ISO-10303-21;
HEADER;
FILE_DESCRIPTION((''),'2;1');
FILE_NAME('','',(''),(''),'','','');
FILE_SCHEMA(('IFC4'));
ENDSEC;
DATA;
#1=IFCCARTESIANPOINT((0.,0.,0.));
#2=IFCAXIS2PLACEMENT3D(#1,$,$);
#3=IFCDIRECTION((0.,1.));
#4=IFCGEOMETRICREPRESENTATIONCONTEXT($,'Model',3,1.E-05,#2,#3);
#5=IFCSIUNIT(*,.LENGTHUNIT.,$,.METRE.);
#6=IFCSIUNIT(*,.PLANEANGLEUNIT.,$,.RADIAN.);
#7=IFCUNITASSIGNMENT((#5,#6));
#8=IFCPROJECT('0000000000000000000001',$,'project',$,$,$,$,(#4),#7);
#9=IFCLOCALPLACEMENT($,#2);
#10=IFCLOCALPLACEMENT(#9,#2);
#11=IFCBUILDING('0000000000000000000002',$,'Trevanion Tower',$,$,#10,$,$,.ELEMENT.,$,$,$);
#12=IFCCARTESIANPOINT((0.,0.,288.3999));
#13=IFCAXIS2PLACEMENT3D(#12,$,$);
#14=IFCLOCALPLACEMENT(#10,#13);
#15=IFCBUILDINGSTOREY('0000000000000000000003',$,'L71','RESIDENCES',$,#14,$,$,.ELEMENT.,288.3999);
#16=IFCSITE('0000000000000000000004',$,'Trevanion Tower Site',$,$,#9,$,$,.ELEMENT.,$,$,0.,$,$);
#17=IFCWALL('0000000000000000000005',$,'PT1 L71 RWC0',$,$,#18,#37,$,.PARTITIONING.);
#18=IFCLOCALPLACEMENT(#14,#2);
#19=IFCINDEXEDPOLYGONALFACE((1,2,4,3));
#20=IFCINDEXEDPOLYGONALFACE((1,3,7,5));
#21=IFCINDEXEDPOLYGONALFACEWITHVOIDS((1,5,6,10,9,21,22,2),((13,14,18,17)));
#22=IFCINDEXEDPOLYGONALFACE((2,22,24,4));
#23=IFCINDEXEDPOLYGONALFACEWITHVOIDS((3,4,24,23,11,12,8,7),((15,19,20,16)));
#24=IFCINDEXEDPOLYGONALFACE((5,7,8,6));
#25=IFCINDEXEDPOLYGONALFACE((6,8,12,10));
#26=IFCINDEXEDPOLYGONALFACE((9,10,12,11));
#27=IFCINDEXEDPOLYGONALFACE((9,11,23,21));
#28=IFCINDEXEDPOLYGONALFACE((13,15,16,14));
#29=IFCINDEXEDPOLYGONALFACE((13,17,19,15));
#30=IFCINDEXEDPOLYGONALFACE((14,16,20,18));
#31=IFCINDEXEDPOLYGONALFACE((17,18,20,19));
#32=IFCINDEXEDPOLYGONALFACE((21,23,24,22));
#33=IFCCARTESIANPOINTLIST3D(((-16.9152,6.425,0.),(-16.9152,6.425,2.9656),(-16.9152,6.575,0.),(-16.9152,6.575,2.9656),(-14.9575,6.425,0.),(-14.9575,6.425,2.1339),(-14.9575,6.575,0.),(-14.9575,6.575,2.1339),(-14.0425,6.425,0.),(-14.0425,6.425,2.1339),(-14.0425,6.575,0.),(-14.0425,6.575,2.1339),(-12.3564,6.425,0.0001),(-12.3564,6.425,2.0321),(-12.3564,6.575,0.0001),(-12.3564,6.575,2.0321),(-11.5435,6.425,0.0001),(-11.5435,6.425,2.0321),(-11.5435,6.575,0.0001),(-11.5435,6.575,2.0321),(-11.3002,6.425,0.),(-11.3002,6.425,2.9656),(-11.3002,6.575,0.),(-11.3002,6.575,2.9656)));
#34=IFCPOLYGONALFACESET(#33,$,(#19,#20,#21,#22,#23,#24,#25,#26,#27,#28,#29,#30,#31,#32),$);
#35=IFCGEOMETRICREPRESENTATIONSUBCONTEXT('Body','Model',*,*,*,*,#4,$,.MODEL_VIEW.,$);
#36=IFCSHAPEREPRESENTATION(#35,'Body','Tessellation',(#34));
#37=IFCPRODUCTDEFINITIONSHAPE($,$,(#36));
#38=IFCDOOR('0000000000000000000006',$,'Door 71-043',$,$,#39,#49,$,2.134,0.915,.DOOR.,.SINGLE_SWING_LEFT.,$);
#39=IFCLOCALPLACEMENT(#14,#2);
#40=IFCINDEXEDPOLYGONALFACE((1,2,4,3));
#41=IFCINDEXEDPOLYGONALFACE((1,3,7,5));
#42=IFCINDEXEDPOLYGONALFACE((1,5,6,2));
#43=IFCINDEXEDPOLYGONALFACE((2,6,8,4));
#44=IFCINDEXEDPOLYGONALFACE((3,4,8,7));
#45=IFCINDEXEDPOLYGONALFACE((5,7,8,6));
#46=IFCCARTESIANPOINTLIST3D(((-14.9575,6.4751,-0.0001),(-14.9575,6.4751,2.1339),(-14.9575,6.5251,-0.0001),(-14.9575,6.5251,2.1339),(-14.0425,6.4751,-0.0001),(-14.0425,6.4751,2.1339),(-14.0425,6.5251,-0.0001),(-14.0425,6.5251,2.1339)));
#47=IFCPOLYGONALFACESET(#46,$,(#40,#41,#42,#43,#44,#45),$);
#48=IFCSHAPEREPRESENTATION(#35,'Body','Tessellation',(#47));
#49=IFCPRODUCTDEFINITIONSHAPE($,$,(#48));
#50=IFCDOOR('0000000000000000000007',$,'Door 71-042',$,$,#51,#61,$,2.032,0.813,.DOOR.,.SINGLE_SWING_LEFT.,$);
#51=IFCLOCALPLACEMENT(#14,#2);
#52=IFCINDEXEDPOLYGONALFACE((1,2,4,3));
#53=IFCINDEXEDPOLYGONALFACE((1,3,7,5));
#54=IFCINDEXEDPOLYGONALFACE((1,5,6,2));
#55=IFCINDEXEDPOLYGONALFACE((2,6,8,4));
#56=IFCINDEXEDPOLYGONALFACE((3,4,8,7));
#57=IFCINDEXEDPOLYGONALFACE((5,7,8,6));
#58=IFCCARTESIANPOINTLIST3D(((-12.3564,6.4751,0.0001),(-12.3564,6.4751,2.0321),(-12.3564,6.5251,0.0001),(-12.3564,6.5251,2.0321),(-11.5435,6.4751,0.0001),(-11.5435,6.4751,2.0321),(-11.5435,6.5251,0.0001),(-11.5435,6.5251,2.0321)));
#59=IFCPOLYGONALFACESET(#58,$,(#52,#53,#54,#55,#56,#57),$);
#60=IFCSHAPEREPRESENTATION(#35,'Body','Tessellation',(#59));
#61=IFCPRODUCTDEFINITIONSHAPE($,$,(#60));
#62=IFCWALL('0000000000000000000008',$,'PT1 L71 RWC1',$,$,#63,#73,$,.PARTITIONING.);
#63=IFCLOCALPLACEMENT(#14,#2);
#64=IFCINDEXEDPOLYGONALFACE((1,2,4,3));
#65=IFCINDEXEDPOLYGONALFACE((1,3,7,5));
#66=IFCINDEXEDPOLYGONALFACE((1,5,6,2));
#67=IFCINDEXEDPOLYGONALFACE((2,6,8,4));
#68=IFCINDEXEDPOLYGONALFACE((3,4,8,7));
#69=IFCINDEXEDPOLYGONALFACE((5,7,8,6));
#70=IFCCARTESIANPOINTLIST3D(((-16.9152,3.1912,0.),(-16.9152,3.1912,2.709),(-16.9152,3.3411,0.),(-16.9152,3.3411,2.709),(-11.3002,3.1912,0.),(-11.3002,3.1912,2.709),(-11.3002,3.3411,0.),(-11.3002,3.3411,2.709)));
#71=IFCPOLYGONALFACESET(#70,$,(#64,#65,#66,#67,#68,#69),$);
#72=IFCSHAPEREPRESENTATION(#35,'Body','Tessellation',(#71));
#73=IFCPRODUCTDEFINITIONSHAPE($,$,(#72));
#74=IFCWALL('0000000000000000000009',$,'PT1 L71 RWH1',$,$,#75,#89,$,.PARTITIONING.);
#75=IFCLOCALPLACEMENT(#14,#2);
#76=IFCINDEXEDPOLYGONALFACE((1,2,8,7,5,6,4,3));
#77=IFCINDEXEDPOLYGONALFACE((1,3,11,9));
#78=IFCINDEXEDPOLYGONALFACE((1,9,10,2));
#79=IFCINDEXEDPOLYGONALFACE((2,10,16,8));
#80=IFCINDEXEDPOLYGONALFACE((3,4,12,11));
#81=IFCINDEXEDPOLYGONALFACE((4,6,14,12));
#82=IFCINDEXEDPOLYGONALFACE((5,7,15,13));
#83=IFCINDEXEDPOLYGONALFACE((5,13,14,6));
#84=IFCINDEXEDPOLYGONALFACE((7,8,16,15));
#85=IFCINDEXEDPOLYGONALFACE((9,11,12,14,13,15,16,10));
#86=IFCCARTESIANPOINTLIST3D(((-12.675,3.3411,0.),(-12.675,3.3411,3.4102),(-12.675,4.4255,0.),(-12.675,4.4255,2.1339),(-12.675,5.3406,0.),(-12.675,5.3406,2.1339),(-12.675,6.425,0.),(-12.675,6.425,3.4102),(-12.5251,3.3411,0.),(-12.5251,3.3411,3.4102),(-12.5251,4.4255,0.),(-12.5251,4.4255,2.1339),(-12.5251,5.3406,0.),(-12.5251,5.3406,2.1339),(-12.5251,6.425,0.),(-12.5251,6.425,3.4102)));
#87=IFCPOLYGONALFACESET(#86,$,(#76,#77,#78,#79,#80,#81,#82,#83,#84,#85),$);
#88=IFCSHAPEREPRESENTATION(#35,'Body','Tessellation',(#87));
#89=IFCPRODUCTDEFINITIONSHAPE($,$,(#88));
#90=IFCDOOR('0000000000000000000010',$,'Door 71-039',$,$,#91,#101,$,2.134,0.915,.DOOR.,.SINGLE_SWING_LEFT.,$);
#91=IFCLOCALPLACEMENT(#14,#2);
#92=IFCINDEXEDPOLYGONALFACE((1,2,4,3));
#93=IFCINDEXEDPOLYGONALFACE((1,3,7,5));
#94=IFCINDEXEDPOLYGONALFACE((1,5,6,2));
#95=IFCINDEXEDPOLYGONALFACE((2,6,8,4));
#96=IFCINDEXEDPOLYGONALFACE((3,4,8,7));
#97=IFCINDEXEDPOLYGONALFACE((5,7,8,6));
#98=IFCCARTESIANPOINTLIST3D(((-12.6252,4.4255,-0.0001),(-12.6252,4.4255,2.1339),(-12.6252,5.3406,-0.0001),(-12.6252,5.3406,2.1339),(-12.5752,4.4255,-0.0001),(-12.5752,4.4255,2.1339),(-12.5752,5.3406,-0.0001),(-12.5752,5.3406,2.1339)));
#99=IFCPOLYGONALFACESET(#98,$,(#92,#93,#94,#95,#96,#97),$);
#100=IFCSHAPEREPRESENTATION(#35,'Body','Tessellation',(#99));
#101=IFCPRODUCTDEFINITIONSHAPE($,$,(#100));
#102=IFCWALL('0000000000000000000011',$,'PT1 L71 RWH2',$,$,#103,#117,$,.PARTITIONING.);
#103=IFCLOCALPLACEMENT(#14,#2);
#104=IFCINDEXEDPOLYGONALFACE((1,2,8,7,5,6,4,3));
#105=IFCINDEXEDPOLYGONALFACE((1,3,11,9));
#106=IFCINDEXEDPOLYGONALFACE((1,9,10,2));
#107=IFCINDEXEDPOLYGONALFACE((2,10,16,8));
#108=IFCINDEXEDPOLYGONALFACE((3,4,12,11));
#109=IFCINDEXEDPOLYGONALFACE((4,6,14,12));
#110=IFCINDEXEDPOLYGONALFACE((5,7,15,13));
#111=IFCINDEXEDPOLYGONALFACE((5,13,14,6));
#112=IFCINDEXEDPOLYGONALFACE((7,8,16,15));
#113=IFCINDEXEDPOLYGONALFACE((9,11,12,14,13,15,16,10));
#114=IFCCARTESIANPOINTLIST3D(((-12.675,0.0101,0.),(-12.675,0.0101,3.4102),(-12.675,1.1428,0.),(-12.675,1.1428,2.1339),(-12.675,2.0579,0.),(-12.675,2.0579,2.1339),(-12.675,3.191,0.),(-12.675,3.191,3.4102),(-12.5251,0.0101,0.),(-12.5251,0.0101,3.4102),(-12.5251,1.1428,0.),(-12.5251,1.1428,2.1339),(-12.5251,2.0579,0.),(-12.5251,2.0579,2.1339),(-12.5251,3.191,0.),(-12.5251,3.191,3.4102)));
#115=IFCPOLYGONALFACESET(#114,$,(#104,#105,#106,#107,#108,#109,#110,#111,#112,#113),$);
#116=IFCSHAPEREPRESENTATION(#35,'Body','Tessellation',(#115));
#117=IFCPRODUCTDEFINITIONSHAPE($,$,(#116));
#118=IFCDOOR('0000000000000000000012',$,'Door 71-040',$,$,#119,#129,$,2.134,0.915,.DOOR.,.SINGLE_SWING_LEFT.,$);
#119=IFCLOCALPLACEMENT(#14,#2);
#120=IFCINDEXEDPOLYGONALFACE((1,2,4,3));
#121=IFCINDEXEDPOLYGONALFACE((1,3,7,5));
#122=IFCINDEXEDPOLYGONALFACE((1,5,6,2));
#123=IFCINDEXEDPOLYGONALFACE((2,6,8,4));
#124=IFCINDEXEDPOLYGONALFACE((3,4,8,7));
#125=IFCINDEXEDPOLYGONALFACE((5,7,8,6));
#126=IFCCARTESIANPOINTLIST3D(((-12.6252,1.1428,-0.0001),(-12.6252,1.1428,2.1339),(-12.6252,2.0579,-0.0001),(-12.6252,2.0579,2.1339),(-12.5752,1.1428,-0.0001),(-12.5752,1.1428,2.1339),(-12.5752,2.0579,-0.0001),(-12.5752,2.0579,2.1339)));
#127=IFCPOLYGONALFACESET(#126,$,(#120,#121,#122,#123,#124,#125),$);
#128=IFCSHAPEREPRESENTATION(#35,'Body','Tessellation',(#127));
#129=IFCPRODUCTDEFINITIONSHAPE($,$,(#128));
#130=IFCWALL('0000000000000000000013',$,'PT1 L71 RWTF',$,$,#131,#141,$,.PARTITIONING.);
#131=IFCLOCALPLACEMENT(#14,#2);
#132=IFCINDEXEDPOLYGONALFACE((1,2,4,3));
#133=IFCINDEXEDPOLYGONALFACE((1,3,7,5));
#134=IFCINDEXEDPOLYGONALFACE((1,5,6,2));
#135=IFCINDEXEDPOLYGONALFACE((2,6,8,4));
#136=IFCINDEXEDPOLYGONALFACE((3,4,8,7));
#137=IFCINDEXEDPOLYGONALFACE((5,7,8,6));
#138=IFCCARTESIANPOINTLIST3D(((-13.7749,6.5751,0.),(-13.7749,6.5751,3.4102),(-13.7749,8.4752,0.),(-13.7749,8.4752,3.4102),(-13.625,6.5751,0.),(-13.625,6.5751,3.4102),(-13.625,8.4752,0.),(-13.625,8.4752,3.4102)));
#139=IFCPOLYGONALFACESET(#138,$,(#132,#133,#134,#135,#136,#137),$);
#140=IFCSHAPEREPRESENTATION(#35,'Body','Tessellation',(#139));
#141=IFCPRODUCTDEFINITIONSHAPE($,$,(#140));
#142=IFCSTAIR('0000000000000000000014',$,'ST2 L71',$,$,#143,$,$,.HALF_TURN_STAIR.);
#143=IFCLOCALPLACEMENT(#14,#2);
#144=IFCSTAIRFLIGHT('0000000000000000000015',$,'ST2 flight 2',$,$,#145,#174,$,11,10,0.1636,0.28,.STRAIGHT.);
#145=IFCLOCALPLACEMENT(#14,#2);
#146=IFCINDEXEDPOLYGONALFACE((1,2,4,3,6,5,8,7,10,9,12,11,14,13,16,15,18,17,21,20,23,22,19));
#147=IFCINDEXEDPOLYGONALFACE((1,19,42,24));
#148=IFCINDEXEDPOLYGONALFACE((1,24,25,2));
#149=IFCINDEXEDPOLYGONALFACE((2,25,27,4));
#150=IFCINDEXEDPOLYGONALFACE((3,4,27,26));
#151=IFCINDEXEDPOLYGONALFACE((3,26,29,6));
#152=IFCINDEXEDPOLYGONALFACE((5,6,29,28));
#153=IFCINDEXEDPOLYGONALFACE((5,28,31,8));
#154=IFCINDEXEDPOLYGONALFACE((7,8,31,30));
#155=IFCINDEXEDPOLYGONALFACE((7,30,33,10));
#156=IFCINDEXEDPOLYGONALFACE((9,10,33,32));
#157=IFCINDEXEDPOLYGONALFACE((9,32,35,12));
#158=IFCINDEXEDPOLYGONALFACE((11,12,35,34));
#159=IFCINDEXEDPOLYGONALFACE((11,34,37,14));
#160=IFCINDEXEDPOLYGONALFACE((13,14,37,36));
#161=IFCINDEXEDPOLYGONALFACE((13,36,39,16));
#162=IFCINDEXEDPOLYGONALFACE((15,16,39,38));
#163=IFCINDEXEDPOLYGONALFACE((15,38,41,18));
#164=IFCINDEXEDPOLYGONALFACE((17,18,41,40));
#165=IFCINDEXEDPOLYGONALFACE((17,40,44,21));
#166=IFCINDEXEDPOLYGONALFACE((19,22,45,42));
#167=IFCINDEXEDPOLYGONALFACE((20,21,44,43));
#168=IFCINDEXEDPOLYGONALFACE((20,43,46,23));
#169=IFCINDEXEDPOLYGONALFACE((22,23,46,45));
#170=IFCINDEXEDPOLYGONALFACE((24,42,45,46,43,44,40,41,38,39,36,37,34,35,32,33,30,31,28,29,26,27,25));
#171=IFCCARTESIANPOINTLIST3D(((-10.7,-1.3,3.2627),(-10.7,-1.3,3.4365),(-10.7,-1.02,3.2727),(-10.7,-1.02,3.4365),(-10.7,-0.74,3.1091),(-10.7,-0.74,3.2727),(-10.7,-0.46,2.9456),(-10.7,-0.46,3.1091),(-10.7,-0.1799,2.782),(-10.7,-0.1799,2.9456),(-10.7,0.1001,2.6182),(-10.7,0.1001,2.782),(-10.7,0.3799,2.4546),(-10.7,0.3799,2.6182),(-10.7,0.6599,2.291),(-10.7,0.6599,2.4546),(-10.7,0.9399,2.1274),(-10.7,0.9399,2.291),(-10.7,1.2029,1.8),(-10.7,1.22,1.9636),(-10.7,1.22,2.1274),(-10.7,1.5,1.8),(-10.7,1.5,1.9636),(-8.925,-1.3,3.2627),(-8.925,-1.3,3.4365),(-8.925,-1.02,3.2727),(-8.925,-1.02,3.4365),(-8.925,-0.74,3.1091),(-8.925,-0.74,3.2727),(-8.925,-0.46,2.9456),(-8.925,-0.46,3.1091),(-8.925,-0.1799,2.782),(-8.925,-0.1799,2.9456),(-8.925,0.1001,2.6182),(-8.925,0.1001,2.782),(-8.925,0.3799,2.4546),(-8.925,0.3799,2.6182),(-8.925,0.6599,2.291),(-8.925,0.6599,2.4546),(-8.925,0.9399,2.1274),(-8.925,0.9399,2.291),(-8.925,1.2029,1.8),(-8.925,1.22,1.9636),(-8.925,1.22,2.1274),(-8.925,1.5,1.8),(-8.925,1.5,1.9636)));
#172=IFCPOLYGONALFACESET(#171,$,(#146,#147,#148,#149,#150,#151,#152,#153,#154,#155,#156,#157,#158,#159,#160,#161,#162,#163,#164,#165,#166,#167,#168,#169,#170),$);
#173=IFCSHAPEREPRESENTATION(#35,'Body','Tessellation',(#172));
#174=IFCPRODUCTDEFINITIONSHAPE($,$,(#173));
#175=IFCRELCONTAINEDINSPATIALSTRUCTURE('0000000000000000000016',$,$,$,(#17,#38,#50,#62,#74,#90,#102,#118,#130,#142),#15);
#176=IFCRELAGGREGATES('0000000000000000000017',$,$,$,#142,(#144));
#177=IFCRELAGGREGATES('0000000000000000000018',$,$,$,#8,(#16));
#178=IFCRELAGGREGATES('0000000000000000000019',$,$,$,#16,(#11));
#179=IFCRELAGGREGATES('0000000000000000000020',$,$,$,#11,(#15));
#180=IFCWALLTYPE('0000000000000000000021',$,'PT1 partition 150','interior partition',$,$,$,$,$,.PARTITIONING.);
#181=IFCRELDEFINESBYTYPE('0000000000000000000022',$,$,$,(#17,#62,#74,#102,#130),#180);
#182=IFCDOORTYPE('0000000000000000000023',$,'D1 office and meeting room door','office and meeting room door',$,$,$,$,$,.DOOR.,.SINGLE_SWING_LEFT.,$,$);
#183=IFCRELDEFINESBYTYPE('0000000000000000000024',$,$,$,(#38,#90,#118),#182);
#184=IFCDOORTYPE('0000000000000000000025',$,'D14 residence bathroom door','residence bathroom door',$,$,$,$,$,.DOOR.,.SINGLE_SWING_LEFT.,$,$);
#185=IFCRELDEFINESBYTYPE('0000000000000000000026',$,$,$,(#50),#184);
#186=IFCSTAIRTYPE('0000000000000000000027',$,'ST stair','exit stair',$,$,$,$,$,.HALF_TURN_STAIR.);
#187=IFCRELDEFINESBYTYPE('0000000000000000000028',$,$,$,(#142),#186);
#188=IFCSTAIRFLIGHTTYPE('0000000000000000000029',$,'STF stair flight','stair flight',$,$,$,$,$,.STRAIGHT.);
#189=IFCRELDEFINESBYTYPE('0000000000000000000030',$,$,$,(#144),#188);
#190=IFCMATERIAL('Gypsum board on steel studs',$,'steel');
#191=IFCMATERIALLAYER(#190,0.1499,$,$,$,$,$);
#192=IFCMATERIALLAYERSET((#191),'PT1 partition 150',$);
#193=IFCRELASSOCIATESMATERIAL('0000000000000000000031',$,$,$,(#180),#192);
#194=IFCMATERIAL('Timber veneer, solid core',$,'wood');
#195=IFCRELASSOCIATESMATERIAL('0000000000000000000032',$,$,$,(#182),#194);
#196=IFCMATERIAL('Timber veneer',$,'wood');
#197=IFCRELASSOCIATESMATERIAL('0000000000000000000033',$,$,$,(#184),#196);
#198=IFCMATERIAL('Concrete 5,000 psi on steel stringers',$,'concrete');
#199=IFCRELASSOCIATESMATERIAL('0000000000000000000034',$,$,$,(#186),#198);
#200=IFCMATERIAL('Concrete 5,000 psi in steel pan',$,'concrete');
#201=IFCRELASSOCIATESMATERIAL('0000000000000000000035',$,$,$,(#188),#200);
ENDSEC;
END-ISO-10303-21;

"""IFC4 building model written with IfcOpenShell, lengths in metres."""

from ifc_helpers import new_model, si_unit, direction, frame, frame_2d, origin, place, context, subcontext, project, spatial, polyline, rectangle, outline, extrude, material, layer, layer_set, type_object, element, fill, aggregate, save


model = new_model("IFC4")

# Units and contexts
model_context = context("Model", 3, precision=1e-05, world=origin(), true_north=direction((0.0, 1.0)))
body_context = subcontext(model_context, "Body", "Model", "MODEL_VIEW")
ifc_project = project(units=[si_unit("LENGTHUNIT", "METRE"), si_unit("PLANEANGLEUNIT", "RADIAN")], contexts=[model_context])

# Site, building, storey
site_placement = place(None, origin())
site = spatial("IfcSite", under=ifc_project, at=site_placement, Name="Trevanion Tower Site", CompositionType="ELEMENT", RefElevation=0.0)
building_placement = place(site_placement, origin())
building = spatial("IfcBuilding", under=site, at=building_placement, Name="Trevanion Tower", CompositionType="ELEMENT")
storey_placement = place(building_placement, frame((0.0, 0.0, 288.3999)))
storey = spatial("IfcBuildingStorey", under=building, at=storey_placement, Name="L71", Description="RESIDENCES", CompositionType="ELEMENT", Elevation=288.3999)

# Wall, openings, doors
ifc_material_1 = material(Name="Gypsum board on steel studs", Category="steel")
ifc_layer_1 = layer(ifc_material_1, 0.1499)
ifc_layer_set_1 = layer_set([ifc_layer_1], Name="PT1 partition 150")
wall_type = type_object("IfcWallType", Name="PT1 partition 150", Description="interior partition", PredefinedType="PARTITIONING", material=ifc_layer_set_1)
wall_1_placement = place(storey_placement, frame((-11.3, 6.5, 0.0), z_axis=(0.0, 0.0, 1.0), x_axis=(-1.0, 0.0, 0.0)))
wall_1 = element("IfcWall", 1, at=wall_1_placement, inside=storey, type_object=wall_type, Name="PT1 L71 RWC0", PredefinedType="PARTITIONING", context=body_context, shape_type="SweptSolid", body=[
    extrude(rectangle(XDim=5.615, YDim=0.1499, at=frame_2d((2.8076, 0.0))), origin(), (0.0, 0.0, 1.0), 2.9656),
])
opening_1_placement = place(wall_1_placement, frame((0.2434, 0.0, 0.0)))
opening_1 = element("IfcOpeningElement", 2, at=opening_1_placement, cuts=wall_1, PredefinedType="OPENING", context=body_context, shape_type="SweptSolid", body=[
    extrude(rectangle(XDim=0.813, YDim=2.032, at=frame_2d((0.4065, 1.0161))), frame((0.0, 0.085, 0.0), z_axis=(0.0, -1.0, 0.0), x_axis=(1.0, 0.0, 0.0)), (0.0, 0.0, 1.0), 0.1699),
])
opening_2_placement = place(wall_1_placement, frame((2.7424, 0.0, 0.0)))
opening_2 = element("IfcOpeningElement", 3, at=opening_2_placement, cuts=wall_1, PredefinedType="OPENING", context=body_context, shape_type="SweptSolid", body=[
    extrude(rectangle(XDim=0.915, YDim=2.134, at=frame_2d((0.4575, 1.0669))), frame((0.0, 0.085, 0.0), z_axis=(0.0, -1.0, 0.0), x_axis=(1.0, 0.0, 0.0)), (0.0, 0.0, 1.0), 0.1699),
])
ifc_material_2 = material(Name="Timber veneer, solid core", Category="wood")
door_type_1 = type_object("IfcDoorType", Name="D1 office and meeting room door", Description="office and meeting room door", OperationType="SINGLE_SWING_LEFT", PredefinedType="DOOR", material=ifc_material_2)
door_1_placement = place(opening_2_placement, origin())
door_1 = element("IfcDoor", 4, at=door_1_placement, inside=storey, type_object=door_type_1, Name="Door 71-043", OperationType="SINGLE_SWING_LEFT", OverallHeight=2.134, OverallWidth=0.915, PredefinedType="DOOR", context=body_context, shape_type="SweptSolid", body=[
    extrude(rectangle(XDim=0.915, YDim=2.134, at=frame_2d((0.4575, 1.0669))), frame((0.0, 0.0249, 0.0), z_axis=(0.0, -1.0, 0.0), x_axis=(1.0, 0.0, 0.0)), (0.0, 0.0, 1.0), 0.05),
])
fill(opening_2, door_1)
ifc_material_3 = material(Name="Timber veneer", Category="wood")
door_type_2 = type_object("IfcDoorType", Name="D14 residence bathroom door", Description="residence bathroom door", OperationType="SINGLE_SWING_LEFT", PredefinedType="DOOR", material=ifc_material_3)
door_2_placement = place(opening_1_placement, origin())
door_2 = element("IfcDoor", 5, at=door_2_placement, inside=storey, type_object=door_type_2, Name="Door 71-042", OperationType="SINGLE_SWING_LEFT", OverallHeight=2.032, OverallWidth=0.813, PredefinedType="DOOR", context=body_context, shape_type="SweptSolid", body=[
    extrude(rectangle(XDim=0.813, YDim=2.032, at=frame_2d((0.4065, 1.0161))), frame((0.0, 0.0249, 0.0), z_axis=(0.0, -1.0, 0.0), x_axis=(1.0, 0.0, 0.0)), (0.0, 0.0, 1.0), 0.05),
])
fill(opening_1, door_2)

# Wall
wall_2_placement = place(storey_placement, frame((-11.3, 3.2661, 0.0), z_axis=(0.0, 0.0, 1.0), x_axis=(-1.0, 0.0, 0.0)))
element("IfcWall", 6, at=wall_2_placement, inside=storey, type_object=wall_type, Name="PT1 L71 RWC1", PredefinedType="PARTITIONING", context=body_context, shape_type="SweptSolid", body=[
    extrude(rectangle(XDim=5.615, YDim=0.1499, at=frame_2d((2.8076, 0.0))), origin(), (0.0, 0.0, 1.0), 2.709),
])

# Walls, openings, doors
wall_3_placement = place(storey_placement, frame((-12.6001, 6.425, 0.0), z_axis=(0.0, 0.0, 1.0), x_axis=(0.0, -1.0, 0.0)))
wall_3 = element("IfcWall", 7, at=wall_3_placement, inside=storey, type_object=wall_type, Name="PT1 L71 RWH1", PredefinedType="PARTITIONING", context=body_context, shape_type="SweptSolid", body=[
    extrude(rectangle(XDim=3.084, YDim=0.1499, at=frame_2d((1.542, 0.0))), origin(), (0.0, 0.0, 1.0), 3.4102),
])
opening_3_placement = place(wall_3_placement, frame((1.0845, 0.0, 0.0)))
opening_3 = element("IfcOpeningElement", 8, at=opening_3_placement, cuts=wall_3, PredefinedType="OPENING", context=body_context, shape_type="SweptSolid", body=[
    extrude(rectangle(XDim=0.915, YDim=2.134, at=frame_2d((0.4575, 1.0669))), frame((0.0, 0.085, 0.0), z_axis=(0.0, -1.0, 0.0), x_axis=(1.0, 0.0, 0.0)), (0.0, 0.0, 1.0), 0.1699),
])
door_3_placement = place(opening_3_placement, origin())
door_3 = element("IfcDoor", 9, at=door_3_placement, inside=storey, type_object=door_type_1, Name="Door 71-039", OperationType="SINGLE_SWING_LEFT", OverallHeight=2.134, OverallWidth=0.915, PredefinedType="DOOR", context=body_context, shape_type="SweptSolid", body=[
    extrude(rectangle(XDim=0.915, YDim=2.134, at=frame_2d((0.4575, 1.0669))), frame((0.0, 0.0249, 0.0), z_axis=(0.0, -1.0, 0.0), x_axis=(1.0, 0.0, 0.0)), (0.0, 0.0, 1.0), 0.05),
])
fill(opening_3, door_3)
wall_4_placement = place(storey_placement, frame((-12.6001, 3.1909, 0.0), z_axis=(0.0, 0.0, 1.0), x_axis=(0.0, -1.0, 0.0)))
wall_4 = element("IfcWall", 10, at=wall_4_placement, inside=storey, type_object=wall_type, Name="PT1 L71 RWH2", PredefinedType="PARTITIONING", context=body_context, shape_type="SweptSolid", body=[
    extrude(rectangle(XDim=3.1809, YDim=0.1499, at=frame_2d((1.5903, 0.0))), origin(), (0.0, 0.0, 1.0), 3.4102),
])
opening_4_placement = place(wall_4_placement, frame((1.1331, 0.0, 0.0)))
opening_4 = element("IfcOpeningElement", 11, at=opening_4_placement, cuts=wall_4, PredefinedType="OPENING", context=body_context, shape_type="SweptSolid", body=[
    extrude(rectangle(XDim=0.915, YDim=2.134, at=frame_2d((0.4575, 1.0669))), frame((0.0, 0.085, 0.0), z_axis=(0.0, -1.0, 0.0), x_axis=(1.0, 0.0, 0.0)), (0.0, 0.0, 1.0), 0.1699),
])
door_4_placement = place(opening_4_placement, origin())
door_4 = element("IfcDoor", 12, at=door_4_placement, inside=storey, type_object=door_type_1, Name="Door 71-040", OperationType="SINGLE_SWING_LEFT", OverallHeight=2.134, OverallWidth=0.915, PredefinedType="DOOR", context=body_context, shape_type="SweptSolid", body=[
    extrude(rectangle(XDim=0.915, YDim=2.134, at=frame_2d((0.4575, 1.0669))), frame((0.0, 0.0249, 0.0), z_axis=(0.0, -1.0, 0.0), x_axis=(1.0, 0.0, 0.0)), (0.0, 0.0, 1.0), 0.05),
])
fill(opening_4, door_4)

# Wall
wall_5_placement = place(storey_placement, frame((-13.7, 6.575, 0.0), z_axis=(0.0, 0.0, 1.0), x_axis=(0.0, 1.0, 0.0)))
element("IfcWall", 13, at=wall_5_placement, inside=storey, type_object=wall_type, Name="PT1 L71 RWTF", PredefinedType="PARTITIONING", context=body_context, shape_type="SweptSolid", body=[
    extrude(rectangle(XDim=1.9001, YDim=0.1499, at=frame_2d((0.9502, 0.0))), origin(), (0.0, 0.0, 1.0), 3.4102),
])

# Stair, stair flight
ifc_material_4 = material(Name="Concrete 5,000 psi on steel stringers", Category="concrete")
stair_type = type_object("IfcStairType", Name="ST stair", Description="exit stair", PredefinedType="HALF_TURN_STAIR", material=ifc_material_4)
stair_placement = place(storey_placement, origin())
stair = element("IfcStair", 14, at=stair_placement, inside=storey, type_object=stair_type, Name="ST2 L71", PredefinedType="HALF_TURN_STAIR")
ifc_material_5 = material(Name="Concrete 5,000 psi in steel pan", Category="concrete")
stair_flight_type = type_object("IfcStairFlightType", Name="STF stair flight", Description="stair flight", PredefinedType="STRAIGHT", material=ifc_material_5)
stair_flight_placement = place(storey_placement, frame((-9.8125, 1.5, 1.8), z_axis=(0.0, 0.0, 1.0), x_axis=(0.0, -1.0, 0.0)))
stair_flight = element("IfcStairFlight", 15, at=stair_flight_placement, type_object=stair_flight_type, Name="ST2 flight 2", NumberOfRisers=11, NumberOfTreads=10, PredefinedType="STRAIGHT", RiserHeight=0.1636, TreadLength=0.28, context=body_context, shape_type="SweptSolid", body=[
    extrude(outline(polyline([(0.0, 0.0), (0.0, 0.1636), (0.28, 0.1636), (0.28, 0.3274), (0.5601, 0.3274), (0.5601, 0.491), (0.8401, 0.491), (0.8401, 0.6545), (1.1201, 0.6545), (1.1201, 0.8181), (1.3999, 0.8181), (1.3999, 0.9819), (1.6799, 0.9819), (1.6799, 1.1455), (1.96, 1.1455), (1.96, 1.3091), (2.24, 1.3091), (2.24, 1.4727), (2.52, 1.4727), (2.52, 1.6365), (2.8, 1.6365), (2.8, 1.8), (2.8, 1.4626), (0.2971, 0.0), (0.0, 0.0)])), frame((0.0, 0.8875, 0.0), z_axis=(0.0, -1.0, 0.0), x_axis=(1.0, 0.0, 0.0)), (0.0, 0.0, 1.0), 1.7749),
])
aggregate(stair, [stair_flight])

save(model, "model.ifc")
